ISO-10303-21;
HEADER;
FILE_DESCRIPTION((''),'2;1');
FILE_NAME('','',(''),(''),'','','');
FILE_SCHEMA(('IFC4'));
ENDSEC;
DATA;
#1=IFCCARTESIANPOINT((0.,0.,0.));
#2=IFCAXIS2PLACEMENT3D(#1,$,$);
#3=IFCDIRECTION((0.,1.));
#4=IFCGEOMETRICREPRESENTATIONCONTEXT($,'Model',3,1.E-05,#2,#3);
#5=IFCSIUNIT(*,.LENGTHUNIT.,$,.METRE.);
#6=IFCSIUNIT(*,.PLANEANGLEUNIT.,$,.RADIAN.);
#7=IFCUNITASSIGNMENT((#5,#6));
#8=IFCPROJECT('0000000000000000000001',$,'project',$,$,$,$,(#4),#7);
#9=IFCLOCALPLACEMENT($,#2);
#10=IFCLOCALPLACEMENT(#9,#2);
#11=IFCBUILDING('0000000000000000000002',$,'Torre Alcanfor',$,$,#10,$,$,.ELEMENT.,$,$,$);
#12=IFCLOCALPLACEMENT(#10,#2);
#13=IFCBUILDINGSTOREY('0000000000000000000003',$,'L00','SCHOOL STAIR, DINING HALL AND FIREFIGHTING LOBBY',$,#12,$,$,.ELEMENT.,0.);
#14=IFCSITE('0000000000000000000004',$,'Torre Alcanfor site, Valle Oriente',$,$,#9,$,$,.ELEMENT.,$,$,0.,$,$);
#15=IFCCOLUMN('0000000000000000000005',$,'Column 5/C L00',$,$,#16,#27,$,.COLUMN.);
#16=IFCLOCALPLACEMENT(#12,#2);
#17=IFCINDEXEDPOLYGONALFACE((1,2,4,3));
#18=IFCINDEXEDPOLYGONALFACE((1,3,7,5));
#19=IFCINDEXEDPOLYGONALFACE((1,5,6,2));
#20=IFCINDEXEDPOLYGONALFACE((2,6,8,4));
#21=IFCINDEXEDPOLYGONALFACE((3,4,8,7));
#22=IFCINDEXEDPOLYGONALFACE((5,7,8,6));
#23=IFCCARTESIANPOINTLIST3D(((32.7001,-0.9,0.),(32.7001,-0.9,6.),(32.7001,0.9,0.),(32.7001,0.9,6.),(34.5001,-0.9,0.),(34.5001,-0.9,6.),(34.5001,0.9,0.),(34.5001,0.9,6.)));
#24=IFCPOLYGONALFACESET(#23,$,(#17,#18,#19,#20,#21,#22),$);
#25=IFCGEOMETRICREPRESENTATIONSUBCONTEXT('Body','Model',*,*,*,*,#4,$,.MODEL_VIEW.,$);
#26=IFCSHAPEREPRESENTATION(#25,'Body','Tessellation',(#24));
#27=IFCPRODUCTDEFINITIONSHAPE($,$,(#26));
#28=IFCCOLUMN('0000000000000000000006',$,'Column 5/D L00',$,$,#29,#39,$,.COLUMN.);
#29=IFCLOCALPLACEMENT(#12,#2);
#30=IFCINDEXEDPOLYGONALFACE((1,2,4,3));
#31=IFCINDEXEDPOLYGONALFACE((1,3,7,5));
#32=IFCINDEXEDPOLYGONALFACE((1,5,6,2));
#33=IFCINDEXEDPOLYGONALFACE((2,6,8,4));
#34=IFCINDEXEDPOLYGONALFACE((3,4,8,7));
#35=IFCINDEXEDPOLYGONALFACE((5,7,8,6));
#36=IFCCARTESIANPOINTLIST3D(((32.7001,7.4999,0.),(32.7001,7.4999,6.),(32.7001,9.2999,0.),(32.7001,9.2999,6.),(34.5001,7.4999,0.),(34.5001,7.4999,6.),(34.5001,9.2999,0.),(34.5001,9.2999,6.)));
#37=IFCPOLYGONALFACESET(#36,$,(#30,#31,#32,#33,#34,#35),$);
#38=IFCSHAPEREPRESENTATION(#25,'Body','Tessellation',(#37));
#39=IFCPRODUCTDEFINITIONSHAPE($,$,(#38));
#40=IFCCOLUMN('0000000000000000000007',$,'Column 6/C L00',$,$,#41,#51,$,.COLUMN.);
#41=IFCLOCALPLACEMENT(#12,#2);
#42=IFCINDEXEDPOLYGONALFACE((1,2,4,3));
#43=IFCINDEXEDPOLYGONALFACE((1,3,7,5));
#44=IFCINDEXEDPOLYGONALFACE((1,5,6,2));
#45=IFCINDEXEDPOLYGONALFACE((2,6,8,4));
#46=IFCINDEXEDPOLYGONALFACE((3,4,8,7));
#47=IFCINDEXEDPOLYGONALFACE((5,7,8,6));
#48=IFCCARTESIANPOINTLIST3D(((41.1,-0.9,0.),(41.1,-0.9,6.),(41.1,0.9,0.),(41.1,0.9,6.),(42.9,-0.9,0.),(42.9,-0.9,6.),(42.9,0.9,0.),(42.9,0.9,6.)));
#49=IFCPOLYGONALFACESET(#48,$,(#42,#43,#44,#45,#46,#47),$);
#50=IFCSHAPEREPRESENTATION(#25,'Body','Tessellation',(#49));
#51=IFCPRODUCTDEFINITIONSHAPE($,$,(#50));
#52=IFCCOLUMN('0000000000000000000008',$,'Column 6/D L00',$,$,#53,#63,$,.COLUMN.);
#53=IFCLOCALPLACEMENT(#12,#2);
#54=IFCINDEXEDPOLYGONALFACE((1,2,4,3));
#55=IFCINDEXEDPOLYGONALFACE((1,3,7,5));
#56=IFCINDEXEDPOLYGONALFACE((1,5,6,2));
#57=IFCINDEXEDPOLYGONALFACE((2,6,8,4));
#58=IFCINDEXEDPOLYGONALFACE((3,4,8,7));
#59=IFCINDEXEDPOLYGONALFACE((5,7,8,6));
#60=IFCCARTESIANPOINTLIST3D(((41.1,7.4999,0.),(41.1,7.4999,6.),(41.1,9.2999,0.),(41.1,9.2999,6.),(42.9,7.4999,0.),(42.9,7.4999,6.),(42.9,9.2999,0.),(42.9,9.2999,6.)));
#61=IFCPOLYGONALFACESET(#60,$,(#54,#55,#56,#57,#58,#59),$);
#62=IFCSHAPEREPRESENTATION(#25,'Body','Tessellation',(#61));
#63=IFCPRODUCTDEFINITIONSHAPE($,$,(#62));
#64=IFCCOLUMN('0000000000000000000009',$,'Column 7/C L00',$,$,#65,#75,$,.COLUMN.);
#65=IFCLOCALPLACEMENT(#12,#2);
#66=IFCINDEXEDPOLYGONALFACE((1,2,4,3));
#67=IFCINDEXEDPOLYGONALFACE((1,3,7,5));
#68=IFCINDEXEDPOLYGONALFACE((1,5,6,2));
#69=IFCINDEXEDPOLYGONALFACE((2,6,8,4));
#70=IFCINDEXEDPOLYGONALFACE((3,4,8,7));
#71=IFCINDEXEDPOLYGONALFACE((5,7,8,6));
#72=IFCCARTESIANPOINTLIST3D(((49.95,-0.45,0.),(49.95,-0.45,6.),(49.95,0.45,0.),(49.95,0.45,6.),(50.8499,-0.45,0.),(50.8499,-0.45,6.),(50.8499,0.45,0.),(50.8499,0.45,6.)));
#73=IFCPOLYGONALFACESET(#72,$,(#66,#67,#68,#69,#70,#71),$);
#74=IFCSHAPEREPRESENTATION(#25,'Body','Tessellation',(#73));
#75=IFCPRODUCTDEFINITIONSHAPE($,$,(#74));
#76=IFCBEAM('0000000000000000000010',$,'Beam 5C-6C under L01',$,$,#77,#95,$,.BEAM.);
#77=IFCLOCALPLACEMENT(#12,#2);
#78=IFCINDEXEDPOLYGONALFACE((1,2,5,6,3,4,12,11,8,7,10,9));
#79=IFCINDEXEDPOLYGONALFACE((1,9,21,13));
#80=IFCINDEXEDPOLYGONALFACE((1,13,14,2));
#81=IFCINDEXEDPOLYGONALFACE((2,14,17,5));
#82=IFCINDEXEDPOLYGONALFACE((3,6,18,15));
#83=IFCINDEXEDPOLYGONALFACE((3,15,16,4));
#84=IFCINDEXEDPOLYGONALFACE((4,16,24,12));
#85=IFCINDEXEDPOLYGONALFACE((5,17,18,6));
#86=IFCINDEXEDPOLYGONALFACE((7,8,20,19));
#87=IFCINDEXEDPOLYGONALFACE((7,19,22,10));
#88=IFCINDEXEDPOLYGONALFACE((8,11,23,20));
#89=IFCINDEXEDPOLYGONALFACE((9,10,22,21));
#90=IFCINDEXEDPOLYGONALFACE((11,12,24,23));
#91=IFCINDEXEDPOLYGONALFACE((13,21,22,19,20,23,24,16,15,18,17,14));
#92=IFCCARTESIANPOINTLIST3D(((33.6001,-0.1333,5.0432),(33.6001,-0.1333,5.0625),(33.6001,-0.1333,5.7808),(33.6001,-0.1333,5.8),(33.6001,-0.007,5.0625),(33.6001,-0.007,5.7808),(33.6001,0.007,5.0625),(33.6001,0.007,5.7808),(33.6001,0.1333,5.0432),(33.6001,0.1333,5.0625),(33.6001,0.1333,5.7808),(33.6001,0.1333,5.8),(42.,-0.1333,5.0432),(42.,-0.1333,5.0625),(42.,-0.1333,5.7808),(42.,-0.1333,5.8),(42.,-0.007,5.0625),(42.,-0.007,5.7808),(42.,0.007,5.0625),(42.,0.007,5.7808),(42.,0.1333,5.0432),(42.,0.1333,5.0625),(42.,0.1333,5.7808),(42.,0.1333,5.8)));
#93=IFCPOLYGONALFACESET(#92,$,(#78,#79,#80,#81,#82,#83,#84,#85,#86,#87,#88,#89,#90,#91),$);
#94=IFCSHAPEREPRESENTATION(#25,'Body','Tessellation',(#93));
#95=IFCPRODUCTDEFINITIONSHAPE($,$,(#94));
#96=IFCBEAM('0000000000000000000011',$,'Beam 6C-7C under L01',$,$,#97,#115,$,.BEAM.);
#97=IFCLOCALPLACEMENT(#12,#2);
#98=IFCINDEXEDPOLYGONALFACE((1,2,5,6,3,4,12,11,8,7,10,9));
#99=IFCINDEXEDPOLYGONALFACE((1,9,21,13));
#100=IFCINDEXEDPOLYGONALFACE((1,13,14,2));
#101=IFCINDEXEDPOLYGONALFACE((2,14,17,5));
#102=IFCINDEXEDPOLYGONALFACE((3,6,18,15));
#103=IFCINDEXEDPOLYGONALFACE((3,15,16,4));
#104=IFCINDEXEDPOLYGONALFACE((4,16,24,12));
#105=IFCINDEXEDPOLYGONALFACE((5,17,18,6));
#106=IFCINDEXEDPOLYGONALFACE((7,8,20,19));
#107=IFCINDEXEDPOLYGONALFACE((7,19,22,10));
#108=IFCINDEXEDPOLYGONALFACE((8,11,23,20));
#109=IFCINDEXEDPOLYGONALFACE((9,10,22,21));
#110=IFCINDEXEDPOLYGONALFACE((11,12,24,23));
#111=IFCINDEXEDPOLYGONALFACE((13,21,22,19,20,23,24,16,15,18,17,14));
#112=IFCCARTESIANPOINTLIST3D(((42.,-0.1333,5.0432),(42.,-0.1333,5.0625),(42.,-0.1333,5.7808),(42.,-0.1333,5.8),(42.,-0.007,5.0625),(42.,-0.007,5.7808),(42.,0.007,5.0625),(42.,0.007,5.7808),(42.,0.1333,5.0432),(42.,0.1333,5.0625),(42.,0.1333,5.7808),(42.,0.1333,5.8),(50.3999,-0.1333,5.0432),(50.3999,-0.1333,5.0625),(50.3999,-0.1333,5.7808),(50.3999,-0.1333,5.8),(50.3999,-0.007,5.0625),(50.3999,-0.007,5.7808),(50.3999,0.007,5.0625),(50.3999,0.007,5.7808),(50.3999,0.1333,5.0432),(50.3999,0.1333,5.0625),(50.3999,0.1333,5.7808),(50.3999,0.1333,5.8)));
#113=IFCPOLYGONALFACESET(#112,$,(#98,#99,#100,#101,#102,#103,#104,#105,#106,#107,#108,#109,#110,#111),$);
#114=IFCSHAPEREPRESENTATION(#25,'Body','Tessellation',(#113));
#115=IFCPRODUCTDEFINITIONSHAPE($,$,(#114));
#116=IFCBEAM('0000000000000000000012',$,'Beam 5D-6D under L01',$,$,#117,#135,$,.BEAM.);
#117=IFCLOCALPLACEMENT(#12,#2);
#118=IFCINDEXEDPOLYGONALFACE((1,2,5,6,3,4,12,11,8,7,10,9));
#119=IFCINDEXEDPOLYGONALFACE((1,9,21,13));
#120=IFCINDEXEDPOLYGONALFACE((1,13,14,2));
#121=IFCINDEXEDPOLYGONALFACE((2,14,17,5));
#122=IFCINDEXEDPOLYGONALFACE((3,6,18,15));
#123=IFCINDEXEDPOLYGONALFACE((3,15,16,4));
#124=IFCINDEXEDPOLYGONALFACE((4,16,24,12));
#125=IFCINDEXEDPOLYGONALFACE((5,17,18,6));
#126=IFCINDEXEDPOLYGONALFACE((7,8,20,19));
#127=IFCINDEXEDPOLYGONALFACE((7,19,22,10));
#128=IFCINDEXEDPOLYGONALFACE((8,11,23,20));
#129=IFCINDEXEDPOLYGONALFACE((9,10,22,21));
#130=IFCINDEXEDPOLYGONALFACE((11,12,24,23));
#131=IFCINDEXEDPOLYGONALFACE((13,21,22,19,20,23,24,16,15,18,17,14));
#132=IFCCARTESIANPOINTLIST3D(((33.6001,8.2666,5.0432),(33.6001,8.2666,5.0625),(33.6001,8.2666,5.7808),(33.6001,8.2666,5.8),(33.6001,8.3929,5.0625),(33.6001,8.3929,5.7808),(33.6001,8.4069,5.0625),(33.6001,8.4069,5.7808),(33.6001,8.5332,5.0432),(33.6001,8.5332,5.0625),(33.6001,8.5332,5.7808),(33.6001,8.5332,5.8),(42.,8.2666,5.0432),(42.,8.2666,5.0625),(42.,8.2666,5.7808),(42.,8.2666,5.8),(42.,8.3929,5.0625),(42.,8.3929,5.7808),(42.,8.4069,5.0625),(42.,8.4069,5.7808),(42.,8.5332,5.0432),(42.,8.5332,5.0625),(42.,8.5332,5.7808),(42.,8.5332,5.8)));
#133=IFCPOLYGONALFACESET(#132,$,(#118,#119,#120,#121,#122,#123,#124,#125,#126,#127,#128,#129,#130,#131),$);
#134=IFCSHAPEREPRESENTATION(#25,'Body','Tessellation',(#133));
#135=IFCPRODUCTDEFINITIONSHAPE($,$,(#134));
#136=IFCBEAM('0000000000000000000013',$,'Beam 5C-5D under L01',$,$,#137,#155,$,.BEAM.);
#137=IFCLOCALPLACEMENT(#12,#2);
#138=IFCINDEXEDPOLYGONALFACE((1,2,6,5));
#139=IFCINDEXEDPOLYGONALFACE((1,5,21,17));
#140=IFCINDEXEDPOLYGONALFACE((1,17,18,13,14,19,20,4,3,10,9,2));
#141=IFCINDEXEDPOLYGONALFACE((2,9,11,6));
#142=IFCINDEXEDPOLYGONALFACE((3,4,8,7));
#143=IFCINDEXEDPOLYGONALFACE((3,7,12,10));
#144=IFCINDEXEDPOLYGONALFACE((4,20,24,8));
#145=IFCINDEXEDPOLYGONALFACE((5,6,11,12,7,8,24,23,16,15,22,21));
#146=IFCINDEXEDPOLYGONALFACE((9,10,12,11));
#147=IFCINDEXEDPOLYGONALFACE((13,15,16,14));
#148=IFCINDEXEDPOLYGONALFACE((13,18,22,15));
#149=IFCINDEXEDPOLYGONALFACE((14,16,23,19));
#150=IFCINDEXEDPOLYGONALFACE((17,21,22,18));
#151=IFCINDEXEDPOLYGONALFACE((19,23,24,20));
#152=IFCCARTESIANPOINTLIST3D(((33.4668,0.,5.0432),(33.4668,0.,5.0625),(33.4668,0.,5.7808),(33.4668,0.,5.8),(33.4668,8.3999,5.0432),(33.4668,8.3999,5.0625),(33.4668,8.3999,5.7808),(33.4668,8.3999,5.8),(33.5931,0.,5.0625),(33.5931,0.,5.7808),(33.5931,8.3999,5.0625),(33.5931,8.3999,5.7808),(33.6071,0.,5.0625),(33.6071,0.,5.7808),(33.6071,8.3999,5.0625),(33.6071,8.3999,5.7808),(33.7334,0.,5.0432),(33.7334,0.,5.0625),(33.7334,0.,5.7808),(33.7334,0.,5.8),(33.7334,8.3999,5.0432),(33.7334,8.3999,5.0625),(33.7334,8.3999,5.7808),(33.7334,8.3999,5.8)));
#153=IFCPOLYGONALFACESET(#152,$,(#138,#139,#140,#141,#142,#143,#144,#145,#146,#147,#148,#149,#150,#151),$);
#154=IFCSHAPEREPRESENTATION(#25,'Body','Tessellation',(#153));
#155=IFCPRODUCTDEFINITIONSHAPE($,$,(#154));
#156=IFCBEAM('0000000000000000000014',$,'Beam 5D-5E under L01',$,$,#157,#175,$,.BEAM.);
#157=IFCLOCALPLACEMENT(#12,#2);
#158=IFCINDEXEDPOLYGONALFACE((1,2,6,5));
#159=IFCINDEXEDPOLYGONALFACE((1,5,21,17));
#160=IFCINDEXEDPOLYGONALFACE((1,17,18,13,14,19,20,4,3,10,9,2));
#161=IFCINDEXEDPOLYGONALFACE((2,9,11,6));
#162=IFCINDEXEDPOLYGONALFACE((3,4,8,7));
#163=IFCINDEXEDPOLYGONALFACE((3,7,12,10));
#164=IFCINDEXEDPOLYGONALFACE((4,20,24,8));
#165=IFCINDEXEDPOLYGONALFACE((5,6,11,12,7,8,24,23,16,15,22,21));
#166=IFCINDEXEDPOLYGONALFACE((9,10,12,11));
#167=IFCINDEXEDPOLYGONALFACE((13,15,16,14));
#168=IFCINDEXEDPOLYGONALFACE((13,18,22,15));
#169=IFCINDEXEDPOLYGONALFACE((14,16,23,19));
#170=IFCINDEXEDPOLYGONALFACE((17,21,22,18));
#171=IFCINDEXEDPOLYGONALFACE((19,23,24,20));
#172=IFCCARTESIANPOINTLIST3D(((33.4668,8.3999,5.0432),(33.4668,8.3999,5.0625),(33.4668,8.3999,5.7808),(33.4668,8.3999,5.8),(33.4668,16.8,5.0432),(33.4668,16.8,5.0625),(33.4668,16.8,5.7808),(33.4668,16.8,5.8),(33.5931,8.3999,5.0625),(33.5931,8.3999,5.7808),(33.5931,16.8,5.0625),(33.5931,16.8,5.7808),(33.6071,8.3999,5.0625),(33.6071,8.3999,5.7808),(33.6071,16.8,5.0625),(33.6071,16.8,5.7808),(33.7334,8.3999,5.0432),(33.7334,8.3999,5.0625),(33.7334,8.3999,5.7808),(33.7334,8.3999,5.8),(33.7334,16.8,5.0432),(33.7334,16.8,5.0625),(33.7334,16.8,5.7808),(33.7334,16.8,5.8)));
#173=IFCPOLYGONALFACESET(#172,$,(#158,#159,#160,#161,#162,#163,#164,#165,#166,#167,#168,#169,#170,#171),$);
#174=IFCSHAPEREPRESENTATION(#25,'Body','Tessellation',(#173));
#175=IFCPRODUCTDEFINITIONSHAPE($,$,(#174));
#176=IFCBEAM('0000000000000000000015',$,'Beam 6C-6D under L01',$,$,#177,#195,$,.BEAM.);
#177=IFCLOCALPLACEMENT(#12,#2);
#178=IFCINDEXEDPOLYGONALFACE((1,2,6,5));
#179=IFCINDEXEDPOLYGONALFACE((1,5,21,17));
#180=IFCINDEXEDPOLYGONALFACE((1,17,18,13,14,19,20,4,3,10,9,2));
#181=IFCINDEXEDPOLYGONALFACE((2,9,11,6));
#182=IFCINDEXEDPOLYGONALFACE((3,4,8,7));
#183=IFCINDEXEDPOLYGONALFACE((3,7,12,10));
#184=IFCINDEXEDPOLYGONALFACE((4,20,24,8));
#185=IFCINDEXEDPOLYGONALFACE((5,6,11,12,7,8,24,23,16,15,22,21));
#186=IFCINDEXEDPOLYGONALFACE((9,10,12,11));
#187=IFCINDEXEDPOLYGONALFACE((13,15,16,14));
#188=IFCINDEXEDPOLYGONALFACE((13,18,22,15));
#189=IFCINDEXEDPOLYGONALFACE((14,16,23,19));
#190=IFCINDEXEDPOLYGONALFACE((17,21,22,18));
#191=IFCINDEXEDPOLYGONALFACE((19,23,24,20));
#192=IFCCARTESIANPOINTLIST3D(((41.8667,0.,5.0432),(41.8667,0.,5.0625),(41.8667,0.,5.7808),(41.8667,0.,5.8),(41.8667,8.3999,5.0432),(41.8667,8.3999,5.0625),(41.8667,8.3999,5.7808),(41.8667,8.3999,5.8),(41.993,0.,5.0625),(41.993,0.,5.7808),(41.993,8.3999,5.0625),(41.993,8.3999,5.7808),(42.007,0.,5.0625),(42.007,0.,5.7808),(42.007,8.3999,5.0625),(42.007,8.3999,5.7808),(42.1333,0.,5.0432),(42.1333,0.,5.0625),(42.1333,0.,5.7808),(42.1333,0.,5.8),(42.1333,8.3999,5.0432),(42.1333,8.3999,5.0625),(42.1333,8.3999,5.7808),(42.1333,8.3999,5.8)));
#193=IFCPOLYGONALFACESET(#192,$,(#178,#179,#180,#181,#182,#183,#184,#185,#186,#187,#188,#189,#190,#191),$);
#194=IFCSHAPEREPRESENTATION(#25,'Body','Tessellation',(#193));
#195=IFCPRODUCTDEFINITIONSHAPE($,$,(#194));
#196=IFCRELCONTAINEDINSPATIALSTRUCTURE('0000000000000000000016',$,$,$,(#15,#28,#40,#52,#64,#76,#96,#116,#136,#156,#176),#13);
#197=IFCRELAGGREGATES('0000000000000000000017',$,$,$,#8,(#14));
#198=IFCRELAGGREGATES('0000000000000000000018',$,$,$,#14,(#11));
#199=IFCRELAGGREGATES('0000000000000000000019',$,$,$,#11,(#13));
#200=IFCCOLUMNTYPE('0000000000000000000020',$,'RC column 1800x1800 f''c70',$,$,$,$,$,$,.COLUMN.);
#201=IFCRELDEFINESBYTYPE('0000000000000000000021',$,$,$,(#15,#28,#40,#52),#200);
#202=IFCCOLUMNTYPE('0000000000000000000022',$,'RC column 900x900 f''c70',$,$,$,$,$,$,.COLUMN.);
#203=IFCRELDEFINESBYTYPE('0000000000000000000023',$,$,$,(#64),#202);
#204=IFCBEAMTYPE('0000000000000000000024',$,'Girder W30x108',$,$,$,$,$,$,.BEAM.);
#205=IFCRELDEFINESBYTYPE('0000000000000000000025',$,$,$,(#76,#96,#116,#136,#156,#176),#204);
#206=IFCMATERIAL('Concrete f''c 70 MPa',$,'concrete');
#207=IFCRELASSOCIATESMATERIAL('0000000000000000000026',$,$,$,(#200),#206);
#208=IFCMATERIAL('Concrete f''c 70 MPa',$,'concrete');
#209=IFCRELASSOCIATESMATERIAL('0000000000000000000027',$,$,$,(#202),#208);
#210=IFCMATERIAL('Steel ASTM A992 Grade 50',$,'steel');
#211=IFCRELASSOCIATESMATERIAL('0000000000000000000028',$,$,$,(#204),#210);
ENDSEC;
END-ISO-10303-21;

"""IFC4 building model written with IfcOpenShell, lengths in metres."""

from ifc_helpers import new_model, si_unit, direction, frame, origin, origin_2d, place, context, subcontext, project, spatial, rectangle, i_section, extrude, material, material_profile, profile_set, type_object, element, save


model = new_model("IFC4")

# Units and contexts
model_context = context("Model", 3, precision=1e-05, world=origin(), true_north=direction((0.0, 1.0)))
body_context = subcontext(model_context, "Body", "Model", "MODEL_VIEW")
ifc_project = project(units=[si_unit("LENGTHUNIT", "METRE"), si_unit("PLANEANGLEUNIT", "RADIAN")], contexts=[model_context])

# Site, building, storey
site_placement = place(None, origin())
site = spatial("IfcSite", under=ifc_project, at=site_placement, Name="Torre Alcanfor site, Valle Oriente", CompositionType="ELEMENT", RefElevation=0.0)
building_placement = place(site_placement, origin())
building = spatial("IfcBuilding", under=site, at=building_placement, Name="Torre Alcanfor", CompositionType="ELEMENT")
storey_placement = place(building_placement, origin())
storey = spatial("IfcBuildingStorey", under=building, at=storey_placement, Name="L00", Description="SCHOOL STAIR, DINING HALL AND FIREFIGHTING LOBBY", CompositionType="ELEMENT", Elevation=0.0)

# Columns
ifc_material_1 = material(Name="Concrete f'c 70 MPa", Category="concrete")
ifc_material_profile_1 = material_profile(ifc_material_1, rectangle(XDim=1.8, YDim=1.8, at=origin_2d()), Name="1800x1800")
ifc_profile_set_1 = profile_set([ifc_material_profile_1], Name="Concrete f'c 70 MPa")
column_type_1 = type_object("IfcColumnType", Name="RC column 1800x1800 f'c70", PredefinedType="COLUMN", material=ifc_profile_set_1)
for number, where, z_axis, x_axis, name in (
    (1, (33.6001, 0.0, 0.0), (0.0, 0.0, 1.0), (1.0, 0.0, 0.0), "Column 5/C L00"),
    (2, (33.6001, 8.3999, 0.0), (0.0, 0.0, 1.0), (1.0, 0.0, 0.0), "Column 5/D L00"),
    (3, (42.0, 0.0, 0.0), (0.0, 0.0, 1.0), (1.0, 0.0, 0.0), "Column 6/C L00"),
    (4, (42.0, 8.3999, 0.0), (0.0, 0.0, 1.0), (1.0, 0.0, 0.0), "Column 6/D L00"),
):
    element("IfcColumn", number, at=place(storey_placement, frame(where, z_axis=z_axis, x_axis=x_axis)), inside=storey, type_object=column_type_1, Name=name, PredefinedType="COLUMN", context=body_context, shape_type="SweptSolid", body=[
        extrude(rectangle(XDim=1.8, YDim=1.8, at=origin_2d()), origin(), (0.0, 0.0, 1.0), 6.0),
    ])
ifc_material_2 = material(Name="Concrete f'c 70 MPa", Category="concrete")
ifc_material_profile_2 = material_profile(ifc_material_2, rectangle(XDim=0.8999, YDim=0.8999, at=origin_2d()), Name="900x900")
ifc_profile_set_2 = profile_set([ifc_material_profile_2], Name="Concrete f'c 70 MPa")
column_type_2 = type_object("IfcColumnType", Name="RC column 900x900 f'c70", PredefinedType="COLUMN", material=ifc_profile_set_2)
column_placement = place(storey_placement, frame((50.3999, 0.0, 0.0), z_axis=(0.0, 0.0, 1.0), x_axis=(1.0, 0.0, 0.0)))
element("IfcColumn", 5, at=column_placement, inside=storey, type_object=column_type_2, Name="Column 7/C L00", PredefinedType="COLUMN", context=body_context, shape_type="SweptSolid", body=[
    extrude(rectangle(XDim=0.8999, YDim=0.8999, at=origin_2d()), origin(), (0.0, 0.0, 1.0), 6.0),
])

# Beams
ifc_material_3 = material(Name="Steel ASTM A992 Grade 50", Category="steel")
ifc_material_profile_3 = material_profile(ifc_material_3, i_section(OverallWidth=0.2666, OverallDepth=0.7568, WebThickness=0.0139, FlangeThickness=0.0193, at=origin_2d()), Name="W30x108")
ifc_profile_set_3 = profile_set([ifc_material_profile_3], Name="Steel ASTM A992 Grade 50")
beam_type_1 = type_object("IfcBeamType", Name="Girder W30x108", PredefinedType="BEAM", material=ifc_profile_set_3)
for number, where, z_axis, x_axis, name in (
    (6, (33.6001, 0.0, 5.4216), (1.0, 0.0, 0.0), (0.0, 1.0, 0.0), "Beam 5C-6C under L01"),
    (7, (42.0, 0.0, 5.4216), (1.0, 0.0, 0.0), (0.0, 1.0, 0.0), "Beam 6C-7C under L01"),
    (8, (33.6001, 8.3999, 5.4216), (1.0, 0.0, 0.0), (0.0, 1.0, 0.0), "Beam 5D-6D under L01"),
    (9, (33.6001, 0.0, 5.4216), (0.0, 1.0, 0.0), (-1.0, 0.0, 0.0), "Beam 5C-5D under L01"),
):
    element("IfcBeam", number, at=place(storey_placement, frame(where, z_axis=z_axis, x_axis=x_axis)), inside=storey, type_object=beam_type_1, Name=name, PredefinedType="BEAM", context=body_context, shape_type="SweptSolid", body=[
        extrude(i_section(OverallWidth=0.2666, OverallDepth=0.7568, WebThickness=0.0139, FlangeThickness=0.0193, at=origin_2d()), origin(), (0.0, 0.0, 1.0), 8.3999),
    ])
beam_1_placement = place(storey_placement, frame((33.6001, 8.3999, 5.4216), z_axis=(0.0, 1.0, 0.0), x_axis=(-1.0, 0.0, 0.0)))
element("IfcBeam", 10, at=beam_1_placement, inside=storey, type_object=beam_type_1, Name="Beam 5D-5E under L01", PredefinedType="BEAM", context=body_context, shape_type="SweptSolid", body=[
    extrude(i_section(OverallWidth=0.2666, OverallDepth=0.7568, WebThickness=0.0139, FlangeThickness=0.0193, at=origin_2d()), origin(), (0.0, 0.0, 1.0), 8.4001),
])
beam_2_placement = place(storey_placement, frame((42.0, 0.0, 5.4216), z_axis=(0.0, 1.0, 0.0), x_axis=(-1.0, 0.0, 0.0)))
element("IfcBeam", 11, at=beam_2_placement, inside=storey, type_object=beam_type_1, Name="Beam 6C-6D under L01", PredefinedType="BEAM", context=body_context, shape_type="SweptSolid", body=[
    extrude(i_section(OverallWidth=0.2666, OverallDepth=0.7568, WebThickness=0.0139, FlangeThickness=0.0193, at=origin_2d()), origin(), (0.0, 0.0, 1.0), 8.3999),
])

save(model, "model.ifc")
